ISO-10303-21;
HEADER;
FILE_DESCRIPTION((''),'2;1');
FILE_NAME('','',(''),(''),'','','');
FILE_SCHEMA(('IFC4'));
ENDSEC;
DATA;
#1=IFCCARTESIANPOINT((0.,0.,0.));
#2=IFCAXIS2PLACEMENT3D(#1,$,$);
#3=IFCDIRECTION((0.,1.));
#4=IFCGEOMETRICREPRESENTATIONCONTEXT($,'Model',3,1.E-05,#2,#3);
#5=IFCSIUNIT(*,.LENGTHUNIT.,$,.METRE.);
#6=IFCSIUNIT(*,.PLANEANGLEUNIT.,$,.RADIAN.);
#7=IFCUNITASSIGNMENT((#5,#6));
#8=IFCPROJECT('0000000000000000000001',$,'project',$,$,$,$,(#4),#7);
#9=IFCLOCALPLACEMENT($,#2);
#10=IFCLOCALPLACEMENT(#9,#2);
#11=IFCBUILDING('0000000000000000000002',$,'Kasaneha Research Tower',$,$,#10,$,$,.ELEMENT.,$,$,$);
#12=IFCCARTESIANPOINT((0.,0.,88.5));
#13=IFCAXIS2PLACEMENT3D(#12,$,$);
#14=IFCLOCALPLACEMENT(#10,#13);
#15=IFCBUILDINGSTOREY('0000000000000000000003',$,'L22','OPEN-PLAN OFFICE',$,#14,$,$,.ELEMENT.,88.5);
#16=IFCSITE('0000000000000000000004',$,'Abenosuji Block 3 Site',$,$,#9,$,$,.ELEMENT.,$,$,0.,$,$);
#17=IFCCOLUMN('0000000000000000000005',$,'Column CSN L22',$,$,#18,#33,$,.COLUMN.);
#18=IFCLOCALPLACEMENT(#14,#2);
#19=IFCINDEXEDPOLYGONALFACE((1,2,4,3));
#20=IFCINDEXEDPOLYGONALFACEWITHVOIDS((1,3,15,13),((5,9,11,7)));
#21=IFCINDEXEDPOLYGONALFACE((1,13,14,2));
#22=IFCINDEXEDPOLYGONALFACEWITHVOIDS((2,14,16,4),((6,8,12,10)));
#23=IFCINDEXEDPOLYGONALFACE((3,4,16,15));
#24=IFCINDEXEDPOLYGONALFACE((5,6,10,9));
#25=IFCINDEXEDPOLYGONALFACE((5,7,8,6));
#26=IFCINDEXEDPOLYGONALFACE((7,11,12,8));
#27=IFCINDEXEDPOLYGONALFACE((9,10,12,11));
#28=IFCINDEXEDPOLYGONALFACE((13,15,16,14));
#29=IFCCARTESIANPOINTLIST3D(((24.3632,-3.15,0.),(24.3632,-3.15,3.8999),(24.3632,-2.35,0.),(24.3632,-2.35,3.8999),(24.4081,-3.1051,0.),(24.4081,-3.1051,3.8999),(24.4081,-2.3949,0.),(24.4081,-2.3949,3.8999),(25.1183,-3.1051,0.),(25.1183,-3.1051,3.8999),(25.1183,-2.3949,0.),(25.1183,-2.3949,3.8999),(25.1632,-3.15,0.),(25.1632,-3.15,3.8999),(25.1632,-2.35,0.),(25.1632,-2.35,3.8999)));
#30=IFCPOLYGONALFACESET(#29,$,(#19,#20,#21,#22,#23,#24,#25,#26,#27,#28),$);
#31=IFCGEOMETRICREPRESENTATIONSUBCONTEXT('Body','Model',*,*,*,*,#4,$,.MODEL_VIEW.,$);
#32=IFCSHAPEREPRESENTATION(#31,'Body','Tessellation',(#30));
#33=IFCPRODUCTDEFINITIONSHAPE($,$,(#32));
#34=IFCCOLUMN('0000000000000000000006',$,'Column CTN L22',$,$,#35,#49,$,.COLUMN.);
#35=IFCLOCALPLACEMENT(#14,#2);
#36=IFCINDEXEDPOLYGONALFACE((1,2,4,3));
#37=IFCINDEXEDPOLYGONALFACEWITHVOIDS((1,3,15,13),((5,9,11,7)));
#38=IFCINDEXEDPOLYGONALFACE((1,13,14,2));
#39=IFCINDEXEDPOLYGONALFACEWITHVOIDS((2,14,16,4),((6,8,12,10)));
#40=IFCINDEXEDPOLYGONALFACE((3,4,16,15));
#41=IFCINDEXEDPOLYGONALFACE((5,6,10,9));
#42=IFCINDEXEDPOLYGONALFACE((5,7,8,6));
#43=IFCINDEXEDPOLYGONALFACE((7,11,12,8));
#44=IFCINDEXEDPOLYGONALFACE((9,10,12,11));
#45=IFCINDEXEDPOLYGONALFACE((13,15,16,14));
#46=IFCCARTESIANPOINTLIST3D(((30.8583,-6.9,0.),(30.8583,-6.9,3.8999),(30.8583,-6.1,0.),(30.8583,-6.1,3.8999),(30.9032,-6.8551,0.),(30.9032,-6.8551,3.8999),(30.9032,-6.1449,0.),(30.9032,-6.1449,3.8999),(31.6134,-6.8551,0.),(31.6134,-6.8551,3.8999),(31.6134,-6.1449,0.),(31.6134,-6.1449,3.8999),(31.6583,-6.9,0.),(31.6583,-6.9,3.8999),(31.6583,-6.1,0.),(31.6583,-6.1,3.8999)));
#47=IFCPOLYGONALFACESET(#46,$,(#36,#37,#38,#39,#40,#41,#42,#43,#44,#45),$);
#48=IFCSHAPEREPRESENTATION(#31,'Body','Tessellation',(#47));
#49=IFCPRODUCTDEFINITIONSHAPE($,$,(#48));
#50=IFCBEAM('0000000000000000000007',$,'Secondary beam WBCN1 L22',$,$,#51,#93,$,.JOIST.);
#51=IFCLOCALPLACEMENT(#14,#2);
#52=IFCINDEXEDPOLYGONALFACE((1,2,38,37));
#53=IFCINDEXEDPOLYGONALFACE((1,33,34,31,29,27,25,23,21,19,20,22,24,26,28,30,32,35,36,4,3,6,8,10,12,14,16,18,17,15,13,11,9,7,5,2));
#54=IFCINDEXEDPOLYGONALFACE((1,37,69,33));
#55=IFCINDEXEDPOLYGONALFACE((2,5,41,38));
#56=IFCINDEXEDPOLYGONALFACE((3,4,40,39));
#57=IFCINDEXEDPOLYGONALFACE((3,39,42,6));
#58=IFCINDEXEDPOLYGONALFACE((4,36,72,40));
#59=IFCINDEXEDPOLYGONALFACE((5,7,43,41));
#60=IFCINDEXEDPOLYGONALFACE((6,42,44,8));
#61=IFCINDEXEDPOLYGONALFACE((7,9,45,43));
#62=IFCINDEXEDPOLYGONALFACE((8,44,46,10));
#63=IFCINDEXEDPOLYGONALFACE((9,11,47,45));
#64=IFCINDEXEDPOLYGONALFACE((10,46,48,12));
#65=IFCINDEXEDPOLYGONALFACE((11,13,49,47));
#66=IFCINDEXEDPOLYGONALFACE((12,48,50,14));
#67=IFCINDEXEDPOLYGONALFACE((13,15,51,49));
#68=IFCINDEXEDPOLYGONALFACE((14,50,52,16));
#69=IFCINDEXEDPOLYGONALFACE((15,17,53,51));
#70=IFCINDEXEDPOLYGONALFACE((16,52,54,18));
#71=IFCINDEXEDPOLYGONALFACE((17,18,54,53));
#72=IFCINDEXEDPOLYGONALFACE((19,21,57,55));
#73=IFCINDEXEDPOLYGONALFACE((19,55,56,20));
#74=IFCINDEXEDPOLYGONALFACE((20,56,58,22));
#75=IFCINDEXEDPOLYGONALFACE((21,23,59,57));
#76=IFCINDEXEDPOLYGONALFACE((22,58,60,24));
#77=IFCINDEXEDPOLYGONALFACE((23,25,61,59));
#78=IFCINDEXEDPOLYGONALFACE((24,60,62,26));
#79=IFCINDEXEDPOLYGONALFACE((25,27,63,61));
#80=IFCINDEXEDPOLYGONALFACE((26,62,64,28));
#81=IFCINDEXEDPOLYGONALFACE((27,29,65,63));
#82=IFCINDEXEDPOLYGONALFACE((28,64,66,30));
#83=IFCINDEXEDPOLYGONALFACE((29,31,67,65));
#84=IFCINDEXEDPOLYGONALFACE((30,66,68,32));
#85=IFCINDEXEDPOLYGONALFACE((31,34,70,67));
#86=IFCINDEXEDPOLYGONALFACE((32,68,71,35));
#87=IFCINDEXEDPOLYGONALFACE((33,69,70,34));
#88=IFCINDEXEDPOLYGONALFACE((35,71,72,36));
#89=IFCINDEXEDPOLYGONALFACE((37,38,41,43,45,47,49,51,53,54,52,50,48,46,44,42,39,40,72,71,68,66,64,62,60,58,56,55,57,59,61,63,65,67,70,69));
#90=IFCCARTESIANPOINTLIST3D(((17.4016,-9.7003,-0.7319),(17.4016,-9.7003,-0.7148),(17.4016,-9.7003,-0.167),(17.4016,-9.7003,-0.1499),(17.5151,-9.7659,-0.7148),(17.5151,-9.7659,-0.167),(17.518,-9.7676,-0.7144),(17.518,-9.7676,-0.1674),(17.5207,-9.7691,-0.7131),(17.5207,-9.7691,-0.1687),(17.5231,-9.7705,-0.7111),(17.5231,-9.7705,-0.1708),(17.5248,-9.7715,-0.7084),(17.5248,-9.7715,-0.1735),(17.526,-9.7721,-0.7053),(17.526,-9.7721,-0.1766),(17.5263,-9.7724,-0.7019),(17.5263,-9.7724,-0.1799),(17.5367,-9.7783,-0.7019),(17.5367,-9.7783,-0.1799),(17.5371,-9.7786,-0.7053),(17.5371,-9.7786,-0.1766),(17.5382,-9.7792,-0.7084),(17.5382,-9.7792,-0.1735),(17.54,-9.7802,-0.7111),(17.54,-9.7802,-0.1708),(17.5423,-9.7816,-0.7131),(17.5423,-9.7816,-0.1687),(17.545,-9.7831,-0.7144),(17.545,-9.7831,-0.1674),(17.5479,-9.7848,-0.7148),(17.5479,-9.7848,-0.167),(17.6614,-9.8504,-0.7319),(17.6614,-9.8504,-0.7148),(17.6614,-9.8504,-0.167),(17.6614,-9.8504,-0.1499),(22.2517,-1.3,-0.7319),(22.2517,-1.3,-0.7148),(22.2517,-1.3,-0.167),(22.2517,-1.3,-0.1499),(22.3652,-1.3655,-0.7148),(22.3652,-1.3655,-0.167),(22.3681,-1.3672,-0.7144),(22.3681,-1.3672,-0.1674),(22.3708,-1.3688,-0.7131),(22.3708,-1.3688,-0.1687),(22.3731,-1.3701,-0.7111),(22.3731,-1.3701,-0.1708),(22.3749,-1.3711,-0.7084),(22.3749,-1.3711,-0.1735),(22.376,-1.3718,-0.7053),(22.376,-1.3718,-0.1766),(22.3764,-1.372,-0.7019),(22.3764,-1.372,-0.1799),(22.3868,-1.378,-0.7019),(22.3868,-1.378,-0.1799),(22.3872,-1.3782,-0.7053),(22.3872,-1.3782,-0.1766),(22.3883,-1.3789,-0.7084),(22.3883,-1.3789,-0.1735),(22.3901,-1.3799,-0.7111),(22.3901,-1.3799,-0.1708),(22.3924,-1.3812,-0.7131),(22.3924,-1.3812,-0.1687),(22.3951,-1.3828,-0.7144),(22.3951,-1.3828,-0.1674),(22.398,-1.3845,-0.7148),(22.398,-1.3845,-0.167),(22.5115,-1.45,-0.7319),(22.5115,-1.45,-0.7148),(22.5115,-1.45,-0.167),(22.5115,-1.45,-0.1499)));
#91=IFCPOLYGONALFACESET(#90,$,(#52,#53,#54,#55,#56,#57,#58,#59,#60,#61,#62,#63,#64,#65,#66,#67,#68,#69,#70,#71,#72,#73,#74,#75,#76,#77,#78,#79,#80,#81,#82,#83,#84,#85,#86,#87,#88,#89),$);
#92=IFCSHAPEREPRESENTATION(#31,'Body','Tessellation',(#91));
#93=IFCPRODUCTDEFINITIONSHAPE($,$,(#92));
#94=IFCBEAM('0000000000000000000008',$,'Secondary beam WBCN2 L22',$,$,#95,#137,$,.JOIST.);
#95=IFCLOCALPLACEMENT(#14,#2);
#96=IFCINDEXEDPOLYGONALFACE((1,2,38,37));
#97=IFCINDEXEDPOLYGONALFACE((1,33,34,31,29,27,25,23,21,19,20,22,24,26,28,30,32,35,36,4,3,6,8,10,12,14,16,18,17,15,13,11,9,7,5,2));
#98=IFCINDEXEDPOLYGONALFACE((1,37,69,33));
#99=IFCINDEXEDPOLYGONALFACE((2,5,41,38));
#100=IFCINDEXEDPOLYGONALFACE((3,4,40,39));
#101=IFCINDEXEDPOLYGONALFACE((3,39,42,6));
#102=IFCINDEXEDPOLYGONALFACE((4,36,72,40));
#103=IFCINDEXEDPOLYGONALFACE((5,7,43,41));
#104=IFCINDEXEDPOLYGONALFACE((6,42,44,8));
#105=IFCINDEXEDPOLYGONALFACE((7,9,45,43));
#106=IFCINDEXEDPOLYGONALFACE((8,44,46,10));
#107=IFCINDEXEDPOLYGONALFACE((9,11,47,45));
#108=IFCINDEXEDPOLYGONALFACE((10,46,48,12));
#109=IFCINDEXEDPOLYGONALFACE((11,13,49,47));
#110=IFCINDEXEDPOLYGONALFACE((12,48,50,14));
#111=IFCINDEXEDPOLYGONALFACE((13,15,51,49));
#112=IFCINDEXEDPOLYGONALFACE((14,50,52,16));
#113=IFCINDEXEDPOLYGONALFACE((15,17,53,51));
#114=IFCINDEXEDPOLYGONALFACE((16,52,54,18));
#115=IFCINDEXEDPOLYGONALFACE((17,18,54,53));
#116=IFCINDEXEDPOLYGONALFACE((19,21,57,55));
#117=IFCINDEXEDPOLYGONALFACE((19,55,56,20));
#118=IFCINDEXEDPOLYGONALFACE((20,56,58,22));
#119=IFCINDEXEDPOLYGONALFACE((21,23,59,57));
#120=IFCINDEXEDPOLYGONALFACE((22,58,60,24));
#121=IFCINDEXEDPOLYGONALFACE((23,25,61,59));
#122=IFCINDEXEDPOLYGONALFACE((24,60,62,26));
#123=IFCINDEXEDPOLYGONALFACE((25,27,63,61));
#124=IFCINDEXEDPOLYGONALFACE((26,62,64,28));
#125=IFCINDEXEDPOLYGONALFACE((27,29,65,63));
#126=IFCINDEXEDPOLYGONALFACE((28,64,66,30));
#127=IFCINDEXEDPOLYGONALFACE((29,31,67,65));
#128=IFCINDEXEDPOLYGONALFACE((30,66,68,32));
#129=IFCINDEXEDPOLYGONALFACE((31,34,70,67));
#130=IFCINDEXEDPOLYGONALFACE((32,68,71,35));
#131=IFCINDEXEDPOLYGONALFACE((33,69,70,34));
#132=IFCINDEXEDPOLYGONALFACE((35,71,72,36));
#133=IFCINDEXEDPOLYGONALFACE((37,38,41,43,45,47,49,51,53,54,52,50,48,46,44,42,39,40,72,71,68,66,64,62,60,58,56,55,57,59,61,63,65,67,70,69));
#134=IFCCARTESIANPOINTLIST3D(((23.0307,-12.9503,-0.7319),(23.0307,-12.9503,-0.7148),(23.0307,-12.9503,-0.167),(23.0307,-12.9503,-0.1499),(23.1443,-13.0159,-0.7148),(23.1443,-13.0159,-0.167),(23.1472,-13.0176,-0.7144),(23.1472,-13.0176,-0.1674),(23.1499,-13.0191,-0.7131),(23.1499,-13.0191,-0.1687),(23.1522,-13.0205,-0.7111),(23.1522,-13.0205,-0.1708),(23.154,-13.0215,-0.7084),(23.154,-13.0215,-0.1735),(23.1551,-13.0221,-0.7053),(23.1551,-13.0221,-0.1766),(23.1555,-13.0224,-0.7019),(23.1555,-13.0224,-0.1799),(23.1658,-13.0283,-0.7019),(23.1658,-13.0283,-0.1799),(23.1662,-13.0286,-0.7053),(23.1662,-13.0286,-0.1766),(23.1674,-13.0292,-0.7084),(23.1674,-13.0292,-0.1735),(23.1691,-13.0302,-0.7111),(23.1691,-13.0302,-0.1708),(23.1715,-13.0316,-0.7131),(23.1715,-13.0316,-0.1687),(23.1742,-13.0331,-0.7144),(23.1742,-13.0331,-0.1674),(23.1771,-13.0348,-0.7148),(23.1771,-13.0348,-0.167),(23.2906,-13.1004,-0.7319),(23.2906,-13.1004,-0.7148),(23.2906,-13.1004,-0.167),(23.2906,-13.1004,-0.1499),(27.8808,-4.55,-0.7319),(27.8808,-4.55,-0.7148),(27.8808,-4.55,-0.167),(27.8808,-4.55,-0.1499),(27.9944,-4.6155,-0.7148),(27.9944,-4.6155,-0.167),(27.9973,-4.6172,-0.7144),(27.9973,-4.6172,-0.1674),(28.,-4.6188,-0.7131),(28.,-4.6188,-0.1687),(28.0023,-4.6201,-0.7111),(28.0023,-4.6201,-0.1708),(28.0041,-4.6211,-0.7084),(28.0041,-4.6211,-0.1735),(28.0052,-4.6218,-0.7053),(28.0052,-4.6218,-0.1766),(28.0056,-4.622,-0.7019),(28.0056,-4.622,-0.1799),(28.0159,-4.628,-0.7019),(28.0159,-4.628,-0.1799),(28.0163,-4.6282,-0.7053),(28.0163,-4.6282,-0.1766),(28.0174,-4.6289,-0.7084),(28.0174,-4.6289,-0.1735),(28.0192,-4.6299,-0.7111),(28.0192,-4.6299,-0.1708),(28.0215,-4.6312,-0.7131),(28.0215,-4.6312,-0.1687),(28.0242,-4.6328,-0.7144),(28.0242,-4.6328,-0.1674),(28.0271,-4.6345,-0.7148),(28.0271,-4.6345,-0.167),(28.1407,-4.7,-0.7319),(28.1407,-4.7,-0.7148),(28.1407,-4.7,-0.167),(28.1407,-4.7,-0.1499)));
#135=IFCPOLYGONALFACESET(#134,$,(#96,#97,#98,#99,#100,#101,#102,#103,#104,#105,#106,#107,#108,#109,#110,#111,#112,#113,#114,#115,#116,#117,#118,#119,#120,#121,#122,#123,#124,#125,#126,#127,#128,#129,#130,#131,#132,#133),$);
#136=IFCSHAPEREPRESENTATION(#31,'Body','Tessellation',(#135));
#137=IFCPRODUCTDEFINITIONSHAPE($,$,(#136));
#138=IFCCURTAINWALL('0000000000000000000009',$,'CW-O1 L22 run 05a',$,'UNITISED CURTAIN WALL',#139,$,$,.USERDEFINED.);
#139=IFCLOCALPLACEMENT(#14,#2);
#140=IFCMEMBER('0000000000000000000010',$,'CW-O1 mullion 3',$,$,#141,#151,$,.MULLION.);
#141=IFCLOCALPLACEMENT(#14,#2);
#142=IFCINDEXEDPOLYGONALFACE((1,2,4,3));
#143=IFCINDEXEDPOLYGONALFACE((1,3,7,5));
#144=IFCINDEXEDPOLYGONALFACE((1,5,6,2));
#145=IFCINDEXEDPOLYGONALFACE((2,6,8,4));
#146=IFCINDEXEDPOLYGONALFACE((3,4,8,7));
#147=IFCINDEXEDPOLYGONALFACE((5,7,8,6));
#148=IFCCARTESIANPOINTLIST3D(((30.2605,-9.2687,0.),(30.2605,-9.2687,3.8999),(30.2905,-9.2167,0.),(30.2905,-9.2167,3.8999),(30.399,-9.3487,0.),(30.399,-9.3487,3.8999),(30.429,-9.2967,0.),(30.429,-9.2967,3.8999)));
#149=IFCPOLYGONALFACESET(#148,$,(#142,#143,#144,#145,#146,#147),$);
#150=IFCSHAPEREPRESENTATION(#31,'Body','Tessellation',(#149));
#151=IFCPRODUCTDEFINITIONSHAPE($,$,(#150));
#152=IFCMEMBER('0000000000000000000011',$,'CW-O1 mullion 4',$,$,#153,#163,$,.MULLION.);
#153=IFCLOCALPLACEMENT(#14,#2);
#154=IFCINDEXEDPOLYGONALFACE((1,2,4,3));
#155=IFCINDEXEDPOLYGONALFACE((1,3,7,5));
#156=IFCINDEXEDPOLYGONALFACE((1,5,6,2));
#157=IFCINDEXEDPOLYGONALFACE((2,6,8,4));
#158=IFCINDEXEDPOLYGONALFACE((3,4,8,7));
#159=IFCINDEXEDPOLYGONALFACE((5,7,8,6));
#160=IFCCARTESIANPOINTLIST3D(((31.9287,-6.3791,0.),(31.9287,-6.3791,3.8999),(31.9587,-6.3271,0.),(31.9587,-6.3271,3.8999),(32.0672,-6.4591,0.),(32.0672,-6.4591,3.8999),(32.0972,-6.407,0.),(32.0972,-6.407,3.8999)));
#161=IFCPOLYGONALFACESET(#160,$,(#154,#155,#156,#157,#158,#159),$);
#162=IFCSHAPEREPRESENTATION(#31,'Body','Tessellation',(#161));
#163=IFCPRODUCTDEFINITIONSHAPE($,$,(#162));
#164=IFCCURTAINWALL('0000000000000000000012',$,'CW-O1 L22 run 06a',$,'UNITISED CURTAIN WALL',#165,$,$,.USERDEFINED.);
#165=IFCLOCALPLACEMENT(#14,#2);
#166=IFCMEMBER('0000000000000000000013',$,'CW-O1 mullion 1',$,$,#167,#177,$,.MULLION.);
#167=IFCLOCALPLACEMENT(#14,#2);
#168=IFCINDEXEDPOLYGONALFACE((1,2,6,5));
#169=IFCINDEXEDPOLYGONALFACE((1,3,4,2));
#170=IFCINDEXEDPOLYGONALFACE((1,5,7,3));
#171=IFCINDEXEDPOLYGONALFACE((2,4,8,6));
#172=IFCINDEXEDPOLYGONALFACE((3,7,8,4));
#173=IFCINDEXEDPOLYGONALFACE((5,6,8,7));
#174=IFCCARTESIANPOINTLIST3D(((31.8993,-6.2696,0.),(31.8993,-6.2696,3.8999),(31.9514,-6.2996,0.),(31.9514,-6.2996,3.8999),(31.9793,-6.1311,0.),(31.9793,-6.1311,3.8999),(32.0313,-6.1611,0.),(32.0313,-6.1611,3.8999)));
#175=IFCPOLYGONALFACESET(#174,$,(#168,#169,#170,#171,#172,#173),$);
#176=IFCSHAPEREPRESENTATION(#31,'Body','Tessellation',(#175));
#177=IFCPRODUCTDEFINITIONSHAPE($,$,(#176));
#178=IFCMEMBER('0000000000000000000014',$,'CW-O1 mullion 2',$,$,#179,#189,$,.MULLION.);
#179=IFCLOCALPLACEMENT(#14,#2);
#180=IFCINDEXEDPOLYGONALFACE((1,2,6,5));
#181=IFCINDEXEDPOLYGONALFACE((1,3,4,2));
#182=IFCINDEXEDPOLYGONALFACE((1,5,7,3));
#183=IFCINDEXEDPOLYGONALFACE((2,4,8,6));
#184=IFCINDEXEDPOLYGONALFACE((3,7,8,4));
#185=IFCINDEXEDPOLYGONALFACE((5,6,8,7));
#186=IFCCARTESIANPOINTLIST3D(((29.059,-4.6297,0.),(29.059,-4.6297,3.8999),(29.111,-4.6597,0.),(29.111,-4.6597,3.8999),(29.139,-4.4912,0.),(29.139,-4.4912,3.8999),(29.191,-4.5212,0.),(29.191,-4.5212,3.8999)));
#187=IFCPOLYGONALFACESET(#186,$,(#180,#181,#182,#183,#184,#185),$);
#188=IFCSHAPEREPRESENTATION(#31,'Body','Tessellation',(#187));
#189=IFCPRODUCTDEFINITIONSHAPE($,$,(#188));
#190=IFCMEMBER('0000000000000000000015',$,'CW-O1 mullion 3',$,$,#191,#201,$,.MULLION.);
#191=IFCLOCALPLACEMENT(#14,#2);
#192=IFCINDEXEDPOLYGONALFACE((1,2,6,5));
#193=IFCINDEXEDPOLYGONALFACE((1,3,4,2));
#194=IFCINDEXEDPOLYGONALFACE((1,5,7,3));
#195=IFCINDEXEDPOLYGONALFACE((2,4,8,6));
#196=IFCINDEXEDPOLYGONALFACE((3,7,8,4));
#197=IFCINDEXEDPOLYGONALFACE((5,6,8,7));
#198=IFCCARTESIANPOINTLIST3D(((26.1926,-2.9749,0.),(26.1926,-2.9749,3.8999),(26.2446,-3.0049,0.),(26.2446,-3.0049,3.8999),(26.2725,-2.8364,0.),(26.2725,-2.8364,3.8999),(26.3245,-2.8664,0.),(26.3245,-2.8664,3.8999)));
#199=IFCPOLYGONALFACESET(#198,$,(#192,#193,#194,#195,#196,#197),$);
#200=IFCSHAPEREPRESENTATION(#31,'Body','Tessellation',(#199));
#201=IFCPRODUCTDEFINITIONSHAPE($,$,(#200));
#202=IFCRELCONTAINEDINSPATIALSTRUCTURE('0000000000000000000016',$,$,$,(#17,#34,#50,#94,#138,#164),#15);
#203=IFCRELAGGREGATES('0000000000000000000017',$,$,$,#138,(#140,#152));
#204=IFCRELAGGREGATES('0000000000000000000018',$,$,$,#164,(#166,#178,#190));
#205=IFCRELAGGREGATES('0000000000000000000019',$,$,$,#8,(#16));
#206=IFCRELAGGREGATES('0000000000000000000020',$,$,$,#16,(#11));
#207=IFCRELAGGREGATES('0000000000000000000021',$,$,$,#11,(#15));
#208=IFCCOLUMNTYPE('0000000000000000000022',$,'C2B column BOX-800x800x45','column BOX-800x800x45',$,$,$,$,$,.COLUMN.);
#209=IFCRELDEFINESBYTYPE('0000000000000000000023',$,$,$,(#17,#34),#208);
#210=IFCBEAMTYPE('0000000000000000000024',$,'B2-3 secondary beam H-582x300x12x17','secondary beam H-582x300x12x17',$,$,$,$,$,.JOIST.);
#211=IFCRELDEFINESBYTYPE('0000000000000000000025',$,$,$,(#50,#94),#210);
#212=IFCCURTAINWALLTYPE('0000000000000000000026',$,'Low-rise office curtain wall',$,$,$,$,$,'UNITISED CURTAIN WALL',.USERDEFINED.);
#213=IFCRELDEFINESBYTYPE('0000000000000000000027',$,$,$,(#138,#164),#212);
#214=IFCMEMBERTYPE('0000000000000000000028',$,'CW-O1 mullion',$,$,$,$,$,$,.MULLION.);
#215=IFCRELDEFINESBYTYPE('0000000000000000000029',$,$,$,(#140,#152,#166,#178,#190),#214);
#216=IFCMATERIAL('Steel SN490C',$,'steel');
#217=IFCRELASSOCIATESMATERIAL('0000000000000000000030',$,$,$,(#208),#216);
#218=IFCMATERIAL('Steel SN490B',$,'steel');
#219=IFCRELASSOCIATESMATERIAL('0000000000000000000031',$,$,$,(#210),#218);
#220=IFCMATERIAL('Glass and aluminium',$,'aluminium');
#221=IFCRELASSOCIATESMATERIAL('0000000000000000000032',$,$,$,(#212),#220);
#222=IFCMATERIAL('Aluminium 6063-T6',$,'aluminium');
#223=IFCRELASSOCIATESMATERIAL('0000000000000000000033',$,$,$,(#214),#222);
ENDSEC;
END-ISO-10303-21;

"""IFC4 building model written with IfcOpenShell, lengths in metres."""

from ifc_helpers import new_model, si_unit, direction, frame, origin, origin_2d, place, context, subcontext, project, spatial, rectangle, hollow_rectangle, i_section, extrude, material, material_profile, profile_set, type_object, element, aggregate, save


model = new_model("IFC4")

# Units and contexts
model_context = context("Model", 3, precision=1e-05, world=origin(), true_north=direction((0.0, 1.0)))
body_context = subcontext(model_context, "Body", "Model", "MODEL_VIEW")
ifc_project = project(units=[si_unit("LENGTHUNIT", "METRE"), si_unit("PLANEANGLEUNIT", "RADIAN")], contexts=[model_context])

# Site, building, storey
site_placement = place(None, origin())
site = spatial("IfcSite", under=ifc_project, at=site_placement, Name="Abenosuji Block 3 Site", CompositionType="ELEMENT", RefElevation=0.0)
building_placement = place(site_placement, origin())
building = spatial("IfcBuilding", under=site, at=building_placement, Name="Kasaneha Research Tower", CompositionType="ELEMENT")
storey_placement = place(building_placement, frame((0.0, 0.0, 88.5)))
storey = spatial("IfcBuildingStorey", under=building, at=storey_placement, Name="L22", Description="OPEN-PLAN OFFICE", CompositionType="ELEMENT", Elevation=88.5)

# Columns
ifc_material_1 = material(Name="Steel SN490C", Category="steel")
ifc_material_profile_1 = material_profile(ifc_material_1, hollow_rectangle(XDim=0.8, YDim=0.8, WallThickness=0.0449, at=origin_2d()), Name="BOX-800x800x45")
ifc_profile_set_1 = profile_set([ifc_material_profile_1], Name="Steel SN490C")
column_type = type_object("IfcColumnType", Name="C2B column BOX-800x800x45", Description="column BOX-800x800x45", PredefinedType="COLUMN", material=ifc_profile_set_1)
for number, where, z_axis, x_axis, name in (
    (1, (24.7632, -2.75, 0.0), (0.0, 0.0, 1.0), (1.0, 0.0, 0.0), "Column CSN L22"),
    (2, (31.2583, -6.5, 0.0), (0.0, 0.0, 1.0), (1.0, 0.0, 0.0), "Column CTN L22"),
):
    element("IfcColumn", number, at=place(storey_placement, frame(where, z_axis=z_axis, x_axis=x_axis)), inside=storey, type_object=column_type, Name=name, PredefinedType="COLUMN", context=body_context, shape_type="SweptSolid", body=[
        extrude(hollow_rectangle(XDim=0.8, YDim=0.8, WallThickness=0.0449, at=origin_2d()), origin(), (0.0, 0.0, 1.0), 3.8999),
    ])

# Beams
ifc_material_2 = material(Name="Steel SN490B", Category="steel")
ifc_material_profile_2 = material_profile(ifc_material_2, i_section(OverallWidth=0.3, OverallDepth=0.582, WebThickness=0.012, FlangeThickness=0.0171, FilletRadius=0.0129, at=origin_2d()), Name="H-582x300x12x17")
ifc_profile_set_2 = profile_set([ifc_material_profile_2], Name="Steel SN490B")
beam_type_1 = type_object("IfcBeamType", Name="B2-3 secondary beam H-582x300x12x17", Description="secondary beam H-582x300x12x17", PredefinedType="JOIST", material=ifc_profile_set_2)
for number, where, z_axis, x_axis, name in (
    (3, (22.3816, -1.375, -0.4409), (-0.50001, -0.86602, 0.0), (0.86602, -0.50001, 0.0), "Secondary beam WBCN1 L22"),
    (4, (28.0107, -4.625, -0.4409), (-0.50001, -0.86602, 0.0), (0.86602, -0.50001, 0.0), "Secondary beam WBCN2 L22"),
):
    element("IfcBeam", number, at=place(storey_placement, frame(where, z_axis=z_axis, x_axis=x_axis)), inside=storey, type_object=beam_type_1, Name=name, PredefinedType="JOIST", context=body_context, shape_type="SweptSolid", body=[
        extrude(i_section(OverallWidth=0.3, OverallDepth=0.582, WebThickness=0.012, FlangeThickness=0.0171, FilletRadius=0.0129, at=origin_2d()), origin(), (0.0, 0.0, 1.0), 9.7),
    ])

# Curtain walls, members
ifc_material_3 = material(Name="Glass and aluminium", Category="aluminium")
curtain_wall_type = type_object("IfcCurtainWallType", Name="Low-rise office curtain wall", ElementType="UNITISED CURTAIN WALL", PredefinedType="USERDEFINED", material=ifc_material_3)
curtain_wall_1_placement = place(storey_placement, origin())
curtain_wall_1 = element("IfcCurtainWall", 5, at=curtain_wall_1_placement, inside=storey, type_object=curtain_wall_type, Name="CW-O1 L22 run 05a", ObjectType="UNITISED CURTAIN WALL", PredefinedType="USERDEFINED")
ifc_material_4 = material(Name="Aluminium 6063-T6", Category="aluminium")
ifc_material_profile_3 = material_profile(ifc_material_4, rectangle(XDim=0.0601, YDim=0.1599, at=origin_2d()), Name="CW-O1 mullion 60x160")
ifc_profile_set_3 = profile_set([ifc_material_profile_3], Name="Aluminium 6063-T6")
member_type_1 = type_object("IfcMemberType", Name="CW-O1 mullion", PredefinedType="MULLION", material=ifc_profile_set_3)
member_1_placement = place(storey_placement, frame((30.3447, -9.2827, 0.0), z_axis=(0.0, 0.0, 1.0), x_axis=(0.5, 0.866025, 0.0)))
member_1 = element("IfcMember", 6, at=member_1_placement, type_object=member_type_1, Name="CW-O1 mullion 3", PredefinedType="MULLION", context=body_context, shape_type="SweptSolid", body=[
    extrude(rectangle(XDim=0.0601, YDim=0.1599, at=origin_2d()), origin(), (0.0, 0.0, 1.0), 3.8999),
])
member_2_placement = place(storey_placement, frame((32.0129, -6.3931, 0.0), z_axis=(0.0, 0.0, 1.0), x_axis=(0.5, 0.866025, 0.0)))
member_2 = element("IfcMember", 7, at=member_2_placement, type_object=member_type_1, Name="CW-O1 mullion 4", PredefinedType="MULLION", context=body_context, shape_type="SweptSolid", body=[
    extrude(rectangle(XDim=0.0601, YDim=0.1599, at=origin_2d()), origin(), (0.0, 0.0, 1.0), 3.8999),
])
curtain_wall_2_placement = place(storey_placement, origin())
curtain_wall_2 = element("IfcCurtainWall", 8, at=curtain_wall_2_placement, inside=storey, type_object=curtain_wall_type, Name="CW-O1 L22 run 06a", ObjectType="UNITISED CURTAIN WALL", PredefinedType="USERDEFINED")
member_3_placement = place(storey_placement, frame((31.9653, -6.2153, 0.0), z_axis=(0.0, 0.0, 1.0), x_axis=(-0.866025, 0.5, 0.0)))
member_3 = element("IfcMember", 9, at=member_3_placement, type_object=member_type_1, Name="CW-O1 mullion 1", PredefinedType="MULLION", context=body_context, shape_type="SweptSolid", body=[
    extrude(rectangle(XDim=0.0601, YDim=0.1599, at=origin_2d()), origin(), (0.0, 0.0, 1.0), 3.8999),
])
member_4_placement = place(storey_placement, frame((29.125, -4.5754, 0.0), z_axis=(0.0, 0.0, 1.0), x_axis=(-0.866025, 0.5, 0.0)))
member_4 = element("IfcMember", 10, at=member_4_placement, type_object=member_type_1, Name="CW-O1 mullion 2", PredefinedType="MULLION", context=body_context, shape_type="SweptSolid", body=[
    extrude(rectangle(XDim=0.0601, YDim=0.1599, at=origin_2d()), origin(), (0.0, 0.0, 1.0), 3.8999),
])
member_5_placement = place(storey_placement, frame((26.2585, -2.9207, 0.0), z_axis=(0.0, 0.0, 1.0), x_axis=(-0.866025, 0.5, 0.0)))
member_5 = element("IfcMember", 11, at=member_5_placement, type_object=member_type_1, Name="CW-O1 mullion 3", PredefinedType="MULLION", context=body_context, shape_type="SweptSolid", body=[
    extrude(rectangle(XDim=0.0601, YDim=0.1599, at=origin_2d()), origin(), (0.0, 0.0, 1.0), 3.8999),
])

aggregate(curtain_wall_1, [member_1, member_2])
aggregate(curtain_wall_2, [member_3, member_4, member_5])

save(model, "model.ifc")
